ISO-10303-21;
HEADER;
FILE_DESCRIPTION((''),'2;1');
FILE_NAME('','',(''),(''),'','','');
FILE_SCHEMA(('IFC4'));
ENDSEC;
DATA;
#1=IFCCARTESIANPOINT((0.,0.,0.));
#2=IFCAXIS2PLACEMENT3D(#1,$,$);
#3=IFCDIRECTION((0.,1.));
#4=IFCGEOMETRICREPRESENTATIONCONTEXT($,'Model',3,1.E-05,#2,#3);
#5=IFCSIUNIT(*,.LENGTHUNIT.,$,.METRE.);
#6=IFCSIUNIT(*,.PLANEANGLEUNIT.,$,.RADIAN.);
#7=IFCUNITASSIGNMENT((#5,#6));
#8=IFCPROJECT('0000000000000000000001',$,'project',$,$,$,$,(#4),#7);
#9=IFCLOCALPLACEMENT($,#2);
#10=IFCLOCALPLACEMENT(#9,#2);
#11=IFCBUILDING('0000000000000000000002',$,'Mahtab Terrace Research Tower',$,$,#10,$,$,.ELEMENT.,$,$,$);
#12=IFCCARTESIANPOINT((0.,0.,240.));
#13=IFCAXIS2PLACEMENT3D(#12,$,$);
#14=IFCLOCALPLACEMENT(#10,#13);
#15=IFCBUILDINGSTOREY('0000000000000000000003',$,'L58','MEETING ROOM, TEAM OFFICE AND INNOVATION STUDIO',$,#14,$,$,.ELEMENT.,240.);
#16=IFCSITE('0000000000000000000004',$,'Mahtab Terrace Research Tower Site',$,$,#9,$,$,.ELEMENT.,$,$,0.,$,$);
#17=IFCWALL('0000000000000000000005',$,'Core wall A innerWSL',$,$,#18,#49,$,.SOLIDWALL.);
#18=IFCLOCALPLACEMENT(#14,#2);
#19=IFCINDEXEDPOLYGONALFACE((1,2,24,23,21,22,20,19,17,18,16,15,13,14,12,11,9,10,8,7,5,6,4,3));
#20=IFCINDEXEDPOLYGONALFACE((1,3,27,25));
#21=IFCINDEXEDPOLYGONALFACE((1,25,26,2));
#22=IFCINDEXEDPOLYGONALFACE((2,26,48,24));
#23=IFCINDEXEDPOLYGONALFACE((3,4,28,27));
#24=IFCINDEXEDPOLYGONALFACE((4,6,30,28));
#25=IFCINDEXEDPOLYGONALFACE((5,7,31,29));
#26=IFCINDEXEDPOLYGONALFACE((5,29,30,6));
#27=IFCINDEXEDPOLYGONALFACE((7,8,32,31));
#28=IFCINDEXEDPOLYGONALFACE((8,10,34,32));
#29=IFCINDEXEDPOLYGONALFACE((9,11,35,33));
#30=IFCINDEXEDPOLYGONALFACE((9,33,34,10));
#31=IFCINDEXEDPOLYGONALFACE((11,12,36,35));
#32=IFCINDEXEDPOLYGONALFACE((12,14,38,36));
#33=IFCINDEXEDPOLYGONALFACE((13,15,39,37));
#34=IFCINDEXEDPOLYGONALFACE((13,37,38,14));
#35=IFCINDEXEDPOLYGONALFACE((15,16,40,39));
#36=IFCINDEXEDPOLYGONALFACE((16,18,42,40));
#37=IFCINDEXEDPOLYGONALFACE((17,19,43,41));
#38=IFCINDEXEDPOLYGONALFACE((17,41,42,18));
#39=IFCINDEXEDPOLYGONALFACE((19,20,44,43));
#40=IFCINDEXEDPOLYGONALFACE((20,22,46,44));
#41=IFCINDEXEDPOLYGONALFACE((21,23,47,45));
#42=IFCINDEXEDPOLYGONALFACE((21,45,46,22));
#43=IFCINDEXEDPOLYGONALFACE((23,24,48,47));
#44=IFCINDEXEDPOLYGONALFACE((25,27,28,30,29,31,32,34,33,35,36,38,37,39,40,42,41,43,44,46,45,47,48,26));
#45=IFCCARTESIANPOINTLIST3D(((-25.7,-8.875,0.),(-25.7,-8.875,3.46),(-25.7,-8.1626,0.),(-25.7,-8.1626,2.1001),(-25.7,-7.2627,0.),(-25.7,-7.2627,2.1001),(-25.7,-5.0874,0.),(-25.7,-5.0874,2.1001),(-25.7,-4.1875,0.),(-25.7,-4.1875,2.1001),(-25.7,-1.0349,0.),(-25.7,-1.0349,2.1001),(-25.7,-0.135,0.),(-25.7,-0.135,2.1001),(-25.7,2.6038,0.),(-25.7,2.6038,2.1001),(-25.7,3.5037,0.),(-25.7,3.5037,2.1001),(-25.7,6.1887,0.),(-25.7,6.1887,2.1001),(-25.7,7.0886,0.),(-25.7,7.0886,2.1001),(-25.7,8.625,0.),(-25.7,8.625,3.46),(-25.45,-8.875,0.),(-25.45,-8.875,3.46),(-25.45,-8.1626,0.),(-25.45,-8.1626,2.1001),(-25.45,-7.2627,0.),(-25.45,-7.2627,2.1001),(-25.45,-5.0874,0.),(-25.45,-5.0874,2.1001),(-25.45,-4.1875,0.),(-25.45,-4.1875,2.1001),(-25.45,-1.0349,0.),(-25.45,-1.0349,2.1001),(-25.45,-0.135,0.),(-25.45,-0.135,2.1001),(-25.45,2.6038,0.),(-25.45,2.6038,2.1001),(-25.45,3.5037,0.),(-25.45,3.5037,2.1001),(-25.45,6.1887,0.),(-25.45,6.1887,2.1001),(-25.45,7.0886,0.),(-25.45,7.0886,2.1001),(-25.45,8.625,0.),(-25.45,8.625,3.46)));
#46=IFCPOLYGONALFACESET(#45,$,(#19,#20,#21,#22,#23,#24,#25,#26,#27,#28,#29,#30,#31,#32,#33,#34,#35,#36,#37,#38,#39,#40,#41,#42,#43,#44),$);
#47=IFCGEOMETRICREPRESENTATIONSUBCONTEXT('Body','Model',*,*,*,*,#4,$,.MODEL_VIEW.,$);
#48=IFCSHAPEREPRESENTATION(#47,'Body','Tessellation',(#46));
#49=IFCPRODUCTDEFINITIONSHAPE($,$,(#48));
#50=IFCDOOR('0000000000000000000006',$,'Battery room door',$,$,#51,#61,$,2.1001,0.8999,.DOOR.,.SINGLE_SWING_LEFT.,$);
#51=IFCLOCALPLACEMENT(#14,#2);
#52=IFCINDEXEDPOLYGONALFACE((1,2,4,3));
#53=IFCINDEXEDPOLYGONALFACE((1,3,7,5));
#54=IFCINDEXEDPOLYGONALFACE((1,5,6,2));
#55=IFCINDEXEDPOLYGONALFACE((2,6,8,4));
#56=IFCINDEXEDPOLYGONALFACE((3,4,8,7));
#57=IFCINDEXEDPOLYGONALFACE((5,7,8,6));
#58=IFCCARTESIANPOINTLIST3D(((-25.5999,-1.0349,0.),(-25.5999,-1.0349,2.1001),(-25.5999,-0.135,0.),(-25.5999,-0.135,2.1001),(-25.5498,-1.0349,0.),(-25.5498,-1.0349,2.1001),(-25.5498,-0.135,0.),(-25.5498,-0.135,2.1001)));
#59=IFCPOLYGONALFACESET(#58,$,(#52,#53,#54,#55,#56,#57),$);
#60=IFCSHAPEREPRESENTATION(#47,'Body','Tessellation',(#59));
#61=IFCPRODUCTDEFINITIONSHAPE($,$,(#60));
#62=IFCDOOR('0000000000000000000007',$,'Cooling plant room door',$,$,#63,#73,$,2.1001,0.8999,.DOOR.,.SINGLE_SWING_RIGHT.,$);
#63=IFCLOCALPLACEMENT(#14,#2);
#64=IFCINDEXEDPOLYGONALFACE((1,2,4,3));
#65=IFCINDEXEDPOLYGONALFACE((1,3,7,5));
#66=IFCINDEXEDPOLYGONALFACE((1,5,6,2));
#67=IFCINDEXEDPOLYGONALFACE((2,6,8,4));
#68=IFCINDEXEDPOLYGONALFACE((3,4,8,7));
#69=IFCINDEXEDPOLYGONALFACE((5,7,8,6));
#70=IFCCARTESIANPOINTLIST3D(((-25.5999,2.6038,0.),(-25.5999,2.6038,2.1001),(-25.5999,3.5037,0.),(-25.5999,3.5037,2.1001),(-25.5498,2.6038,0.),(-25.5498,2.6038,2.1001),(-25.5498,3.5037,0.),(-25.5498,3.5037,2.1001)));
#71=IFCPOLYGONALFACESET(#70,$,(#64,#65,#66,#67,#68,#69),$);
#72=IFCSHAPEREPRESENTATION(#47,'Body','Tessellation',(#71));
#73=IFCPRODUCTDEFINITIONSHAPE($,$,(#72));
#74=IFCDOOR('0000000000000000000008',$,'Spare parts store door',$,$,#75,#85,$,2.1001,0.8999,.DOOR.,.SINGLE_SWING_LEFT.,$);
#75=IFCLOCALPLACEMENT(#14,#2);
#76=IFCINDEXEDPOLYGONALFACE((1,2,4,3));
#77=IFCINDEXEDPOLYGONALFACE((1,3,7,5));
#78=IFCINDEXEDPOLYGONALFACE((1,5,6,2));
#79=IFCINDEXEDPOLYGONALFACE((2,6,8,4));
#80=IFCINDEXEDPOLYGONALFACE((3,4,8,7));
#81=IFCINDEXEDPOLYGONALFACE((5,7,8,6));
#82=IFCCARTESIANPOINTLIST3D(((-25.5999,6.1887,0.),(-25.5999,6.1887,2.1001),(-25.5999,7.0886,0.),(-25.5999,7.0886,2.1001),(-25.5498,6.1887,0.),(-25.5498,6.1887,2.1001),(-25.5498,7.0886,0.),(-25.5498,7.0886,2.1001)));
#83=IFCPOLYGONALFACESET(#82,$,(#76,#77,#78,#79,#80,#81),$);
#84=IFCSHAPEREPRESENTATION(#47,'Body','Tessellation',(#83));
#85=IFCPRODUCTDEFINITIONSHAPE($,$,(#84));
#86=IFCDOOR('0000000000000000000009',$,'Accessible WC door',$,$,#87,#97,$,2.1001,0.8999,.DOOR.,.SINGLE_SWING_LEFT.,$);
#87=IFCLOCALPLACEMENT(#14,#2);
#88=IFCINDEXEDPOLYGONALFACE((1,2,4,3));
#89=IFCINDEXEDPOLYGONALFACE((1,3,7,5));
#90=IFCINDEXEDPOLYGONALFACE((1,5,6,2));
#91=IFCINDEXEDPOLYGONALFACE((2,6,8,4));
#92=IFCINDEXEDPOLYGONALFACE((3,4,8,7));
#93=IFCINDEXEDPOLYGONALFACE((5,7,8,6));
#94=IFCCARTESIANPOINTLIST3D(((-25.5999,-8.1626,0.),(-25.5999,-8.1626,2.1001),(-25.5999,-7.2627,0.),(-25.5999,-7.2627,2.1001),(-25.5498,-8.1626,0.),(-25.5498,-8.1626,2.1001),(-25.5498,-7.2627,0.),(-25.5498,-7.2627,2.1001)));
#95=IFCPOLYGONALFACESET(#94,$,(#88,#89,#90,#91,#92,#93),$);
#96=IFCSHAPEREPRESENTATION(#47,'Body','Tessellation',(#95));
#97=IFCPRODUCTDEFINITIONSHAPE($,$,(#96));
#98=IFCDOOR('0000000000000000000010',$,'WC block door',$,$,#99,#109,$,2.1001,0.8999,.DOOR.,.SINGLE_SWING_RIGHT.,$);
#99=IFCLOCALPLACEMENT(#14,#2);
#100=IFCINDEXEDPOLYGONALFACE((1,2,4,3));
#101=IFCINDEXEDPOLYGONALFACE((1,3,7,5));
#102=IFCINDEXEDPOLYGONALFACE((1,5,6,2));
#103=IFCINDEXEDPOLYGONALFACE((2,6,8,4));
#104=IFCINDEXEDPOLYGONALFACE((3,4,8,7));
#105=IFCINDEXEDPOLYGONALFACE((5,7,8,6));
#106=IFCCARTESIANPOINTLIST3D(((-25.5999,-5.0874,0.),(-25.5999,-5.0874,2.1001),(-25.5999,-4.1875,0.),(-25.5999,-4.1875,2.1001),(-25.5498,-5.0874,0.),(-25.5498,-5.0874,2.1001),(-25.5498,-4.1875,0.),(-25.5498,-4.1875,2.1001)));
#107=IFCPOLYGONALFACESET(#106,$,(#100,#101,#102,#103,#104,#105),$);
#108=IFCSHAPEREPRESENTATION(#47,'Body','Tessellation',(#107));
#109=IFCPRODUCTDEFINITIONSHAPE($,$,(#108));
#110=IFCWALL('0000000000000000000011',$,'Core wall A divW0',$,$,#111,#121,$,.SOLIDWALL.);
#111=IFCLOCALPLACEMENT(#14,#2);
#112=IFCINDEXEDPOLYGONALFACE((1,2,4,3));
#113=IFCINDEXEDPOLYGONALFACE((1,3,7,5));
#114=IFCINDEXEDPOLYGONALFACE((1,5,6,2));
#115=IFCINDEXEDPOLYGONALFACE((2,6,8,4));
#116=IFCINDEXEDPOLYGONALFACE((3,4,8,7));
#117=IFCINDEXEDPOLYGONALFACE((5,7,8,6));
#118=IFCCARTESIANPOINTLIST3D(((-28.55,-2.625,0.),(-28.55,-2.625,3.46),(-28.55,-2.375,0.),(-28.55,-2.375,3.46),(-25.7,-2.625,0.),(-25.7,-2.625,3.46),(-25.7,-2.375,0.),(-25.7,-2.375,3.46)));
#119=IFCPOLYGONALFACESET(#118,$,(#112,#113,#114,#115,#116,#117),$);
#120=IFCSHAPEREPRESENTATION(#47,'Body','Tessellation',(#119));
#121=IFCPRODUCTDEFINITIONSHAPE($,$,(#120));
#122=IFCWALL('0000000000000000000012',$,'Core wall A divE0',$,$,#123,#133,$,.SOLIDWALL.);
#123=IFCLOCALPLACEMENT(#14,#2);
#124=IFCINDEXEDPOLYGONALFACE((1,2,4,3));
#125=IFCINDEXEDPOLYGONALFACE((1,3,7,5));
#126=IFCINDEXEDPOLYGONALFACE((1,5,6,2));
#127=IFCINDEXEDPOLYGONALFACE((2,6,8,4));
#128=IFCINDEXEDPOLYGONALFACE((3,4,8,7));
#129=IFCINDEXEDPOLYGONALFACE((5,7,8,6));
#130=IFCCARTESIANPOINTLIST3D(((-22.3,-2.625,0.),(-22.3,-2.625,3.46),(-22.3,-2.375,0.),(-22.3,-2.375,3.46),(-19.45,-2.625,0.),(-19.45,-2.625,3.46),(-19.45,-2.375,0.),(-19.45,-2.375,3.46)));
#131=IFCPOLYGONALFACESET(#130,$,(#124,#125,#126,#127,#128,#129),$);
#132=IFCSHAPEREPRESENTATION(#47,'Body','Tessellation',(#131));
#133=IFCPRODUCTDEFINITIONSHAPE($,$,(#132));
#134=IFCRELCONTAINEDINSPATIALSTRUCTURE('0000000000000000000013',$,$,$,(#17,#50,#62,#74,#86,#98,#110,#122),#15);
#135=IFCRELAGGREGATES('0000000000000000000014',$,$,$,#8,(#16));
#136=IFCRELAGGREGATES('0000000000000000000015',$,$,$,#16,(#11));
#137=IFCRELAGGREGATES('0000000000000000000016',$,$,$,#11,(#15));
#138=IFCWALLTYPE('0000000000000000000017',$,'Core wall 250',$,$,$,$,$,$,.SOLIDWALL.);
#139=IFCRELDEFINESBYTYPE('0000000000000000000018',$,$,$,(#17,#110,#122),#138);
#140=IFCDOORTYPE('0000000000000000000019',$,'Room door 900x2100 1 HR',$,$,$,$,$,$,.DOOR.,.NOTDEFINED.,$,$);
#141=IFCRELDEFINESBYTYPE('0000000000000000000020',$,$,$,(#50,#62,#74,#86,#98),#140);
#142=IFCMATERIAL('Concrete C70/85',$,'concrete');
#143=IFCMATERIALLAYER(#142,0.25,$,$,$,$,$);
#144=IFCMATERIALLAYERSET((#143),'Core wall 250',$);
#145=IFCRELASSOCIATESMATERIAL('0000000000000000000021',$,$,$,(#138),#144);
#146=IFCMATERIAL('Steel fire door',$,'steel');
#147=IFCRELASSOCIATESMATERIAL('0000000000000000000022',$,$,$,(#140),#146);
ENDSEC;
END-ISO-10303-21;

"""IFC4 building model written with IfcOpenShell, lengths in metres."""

from ifc_helpers import new_model, si_unit, direction, frame, frame_2d, origin, place, context, subcontext, project, spatial, rectangle, extrude, material, layer, layer_set, type_object, element, fill, save


model = new_model("IFC4")

# Units and contexts
model_context = context("Model", 3, precision=1e-05, world=origin(), true_north=direction((0.0, 1.0)))
body_context = subcontext(model_context, "Body", "Model", "MODEL_VIEW")
ifc_project = project(units=[si_unit("LENGTHUNIT", "METRE"), si_unit("PLANEANGLEUNIT", "RADIAN")], contexts=[model_context])

# Site, building, storey
site_placement = place(None, origin())
site = spatial("IfcSite", under=ifc_project, at=site_placement, Name="Mahtab Terrace Research Tower Site", CompositionType="ELEMENT", RefElevation=0.0)
building_placement = place(site_placement, origin())
building = spatial("IfcBuilding", under=site, at=building_placement, Name="Mahtab Terrace Research Tower", CompositionType="ELEMENT")
storey_placement = place(building_placement, frame((0.0, 0.0, 240.0)))
storey = spatial("IfcBuildingStorey", under=building, at=storey_placement, Name="L58", Description="MEETING ROOM, TEAM OFFICE AND INNOVATION STUDIO", CompositionType="ELEMENT", Elevation=240.0)

# Shared definitions
ifc_material_1 = material(Name="Concrete C70/85", Category="concrete")

# Shared definitions
ifc_layer_1 = layer(ifc_material_1, 0.25)
ifc_layer_set_1 = layer_set([ifc_layer_1], Name="Core wall 250")
wall_type_1 = type_object("IfcWallType", Name="Core wall 250", PredefinedType="SOLIDWALL", material=ifc_layer_set_1)

# Shared definitions
ifc_material_2 = material(Name="Steel fire door", Category="steel")

# Wall, openings, doors
wall_1_placement = place(storey_placement, frame((-25.575, -8.875, 0.0), z_axis=(0.0, 0.0, 1.0), x_axis=(0.0, 1.0, 0.0)))
wall_1 = element("IfcWall", 1, at=wall_1_placement, inside=storey, type_object=wall_type_1, Name="Core wall A innerWSL", PredefinedType="SOLIDWALL", context=body_context, shape_type="SweptSolid", body=[
    extrude(rectangle(XDim=17.5, YDim=0.25, at=frame_2d((8.75, 0.0))), origin(), (0.0, 0.0, 1.0), 3.46),
])
opening_1_placement = place(wall_1_placement, frame((7.8401, 0.0, 0.0)))
opening_1 = element("IfcOpeningElement", 2, at=opening_1_placement, cuts=wall_1, PredefinedType="OPENING", context=body_context, shape_type="SweptSolid", body=[
    extrude(rectangle(XDim=0.8999, YDim=2.1001, at=frame_2d((0.45, 1.05))), frame((0.0, 0.135, 0.0), z_axis=(0.0, -1.0, 0.0), x_axis=(1.0, 0.0, 0.0)), (0.0, 0.0, 1.0), 0.27),
])
opening_2_placement = place(wall_1_placement, frame((11.4788, 0.0, 0.0)))
opening_2 = element("IfcOpeningElement", 3, at=opening_2_placement, cuts=wall_1, PredefinedType="OPENING", context=body_context, shape_type="SweptSolid", body=[
    extrude(rectangle(XDim=0.8999, YDim=2.1001, at=frame_2d((0.45, 1.05))), frame((0.0, 0.135, 0.0), z_axis=(0.0, -1.0, 0.0), x_axis=(1.0, 0.0, 0.0)), (0.0, 0.0, 1.0), 0.27),
])
opening_3_placement = place(wall_1_placement, frame((15.0637, 0.0, 0.0)))
opening_3 = element("IfcOpeningElement", 4, at=opening_3_placement, cuts=wall_1, PredefinedType="OPENING", context=body_context, shape_type="SweptSolid", body=[
    extrude(rectangle(XDim=0.8999, YDim=2.1001, at=frame_2d((0.45, 1.05))), frame((0.0, 0.135, 0.0), z_axis=(0.0, -1.0, 0.0), x_axis=(1.0, 0.0, 0.0)), (0.0, 0.0, 1.0), 0.27),
])
opening_4_placement = place(wall_1_placement, frame((0.7124, 0.0, 0.0)))
opening_4 = element("IfcOpeningElement", 5, at=opening_4_placement, cuts=wall_1, PredefinedType="OPENING", context=body_context, shape_type="SweptSolid", body=[
    extrude(rectangle(XDim=0.8999, YDim=2.1001, at=frame_2d((0.45, 1.05))), frame((0.0, 0.135, 0.0), z_axis=(0.0, -1.0, 0.0), x_axis=(1.0, 0.0, 0.0)), (0.0, 0.0, 1.0), 0.27),
])
opening_5_placement = place(wall_1_placement, frame((3.7876, 0.0, 0.0)))
opening_5 = element("IfcOpeningElement", 6, at=opening_5_placement, cuts=wall_1, PredefinedType="OPENING", context=body_context, shape_type="SweptSolid", body=[
    extrude(rectangle(XDim=0.8999, YDim=2.1001, at=frame_2d((0.45, 1.05))), frame((0.0, 0.135, 0.0), z_axis=(0.0, -1.0, 0.0), x_axis=(1.0, 0.0, 0.0)), (0.0, 0.0, 1.0), 0.27),
])
door_type_1 = type_object("IfcDoorType", Name="Room door 900x2100 1 HR", OperationType="NOTDEFINED", PredefinedType="DOOR", material=ifc_material_2)
door_1_placement = place(opening_1_placement, origin())
door_1 = element("IfcDoor", 7, at=door_1_placement, inside=storey, type_object=door_type_1, Name="Battery room door", OperationType="SINGLE_SWING_LEFT", OverallHeight=2.1001, OverallWidth=0.8999, PredefinedType="DOOR", context=body_context, shape_type="SweptSolid", body=[
    extrude(rectangle(XDim=0.8999, YDim=2.1001, at=frame_2d((0.45, 1.05))), frame((0.0, 0.0249, 0.0), z_axis=(0.0, -1.0, 0.0), x_axis=(1.0, 0.0, 0.0)), (0.0, 0.0, 1.0), 0.05),
])
fill(opening_1, door_1)
door_2_placement = place(opening_2_placement, origin())
door_2 = element("IfcDoor", 8, at=door_2_placement, inside=storey, type_object=door_type_1, Name="Cooling plant room door", OperationType="SINGLE_SWING_RIGHT", OverallHeight=2.1001, OverallWidth=0.8999, PredefinedType="DOOR", context=body_context, shape_type="SweptSolid", body=[
    extrude(rectangle(XDim=0.8999, YDim=2.1001, at=frame_2d((0.45, 1.05))), frame((0.0, 0.0249, 0.0), z_axis=(0.0, -1.0, 0.0), x_axis=(1.0, 0.0, 0.0)), (0.0, 0.0, 1.0), 0.05),
])
fill(opening_2, door_2)
door_3_placement = place(opening_3_placement, origin())
door_3 = element("IfcDoor", 9, at=door_3_placement, inside=storey, type_object=door_type_1, Name="Spare parts store door", OperationType="SINGLE_SWING_LEFT", OverallHeight=2.1001, OverallWidth=0.8999, PredefinedType="DOOR", context=body_context, shape_type="SweptSolid", body=[
    extrude(rectangle(XDim=0.8999, YDim=2.1001, at=frame_2d((0.45, 1.05))), frame((0.0, 0.0249, 0.0), z_axis=(0.0, -1.0, 0.0), x_axis=(1.0, 0.0, 0.0)), (0.0, 0.0, 1.0), 0.05),
])
fill(opening_3, door_3)
door_4_placement = place(opening_4_placement, origin())
door_4 = element("IfcDoor", 10, at=door_4_placement, inside=storey, type_object=door_type_1, Name="Accessible WC door", OperationType="SINGLE_SWING_LEFT", OverallHeight=2.1001, OverallWidth=0.8999, PredefinedType="DOOR", context=body_context, shape_type="SweptSolid", body=[
    extrude(rectangle(XDim=0.8999, YDim=2.1001, at=frame_2d((0.45, 1.05))), frame((0.0, 0.0249, 0.0), z_axis=(0.0, -1.0, 0.0), x_axis=(1.0, 0.0, 0.0)), (0.0, 0.0, 1.0), 0.05),
])
fill(opening_4, door_4)
door_5_placement = place(opening_5_placement, origin())
door_5 = element("IfcDoor", 11, at=door_5_placement, inside=storey, type_object=door_type_1, Name="WC block door", OperationType="SINGLE_SWING_RIGHT", OverallHeight=2.1001, OverallWidth=0.8999, PredefinedType="DOOR", context=body_context, shape_type="SweptSolid", body=[
    extrude(rectangle(XDim=0.8999, YDim=2.1001, at=frame_2d((0.45, 1.05))), frame((0.0, 0.0249, 0.0), z_axis=(0.0, -1.0, 0.0), x_axis=(1.0, 0.0, 0.0)), (0.0, 0.0, 1.0), 0.05),
])
fill(opening_5, door_5)

# Walls
for number, where, z_axis, x_axis, name in (
    (12, (-28.55, -2.5, 0.0), (0.0, 0.0, 1.0), (1.0, 0.0, 0.0), "Core wall A divW0"),
    (13, (-22.3, -2.5, 0.0), (0.0, 0.0, 1.0), (1.0, 0.0, 0.0), "Core wall A divE0"),
):
    element("IfcWall", number, at=place(storey_placement, frame(where, z_axis=z_axis, x_axis=x_axis)), inside=storey, type_object=wall_type_1, Name=name, PredefinedType="SOLIDWALL", context=body_context, shape_type="SweptSolid", body=[
        extrude(rectangle(XDim=2.8501, YDim=0.25, at=frame_2d((1.425, 0.0))), origin(), (0.0, 0.0, 1.0), 3.46),
    ])

save(model, "model.ifc")
